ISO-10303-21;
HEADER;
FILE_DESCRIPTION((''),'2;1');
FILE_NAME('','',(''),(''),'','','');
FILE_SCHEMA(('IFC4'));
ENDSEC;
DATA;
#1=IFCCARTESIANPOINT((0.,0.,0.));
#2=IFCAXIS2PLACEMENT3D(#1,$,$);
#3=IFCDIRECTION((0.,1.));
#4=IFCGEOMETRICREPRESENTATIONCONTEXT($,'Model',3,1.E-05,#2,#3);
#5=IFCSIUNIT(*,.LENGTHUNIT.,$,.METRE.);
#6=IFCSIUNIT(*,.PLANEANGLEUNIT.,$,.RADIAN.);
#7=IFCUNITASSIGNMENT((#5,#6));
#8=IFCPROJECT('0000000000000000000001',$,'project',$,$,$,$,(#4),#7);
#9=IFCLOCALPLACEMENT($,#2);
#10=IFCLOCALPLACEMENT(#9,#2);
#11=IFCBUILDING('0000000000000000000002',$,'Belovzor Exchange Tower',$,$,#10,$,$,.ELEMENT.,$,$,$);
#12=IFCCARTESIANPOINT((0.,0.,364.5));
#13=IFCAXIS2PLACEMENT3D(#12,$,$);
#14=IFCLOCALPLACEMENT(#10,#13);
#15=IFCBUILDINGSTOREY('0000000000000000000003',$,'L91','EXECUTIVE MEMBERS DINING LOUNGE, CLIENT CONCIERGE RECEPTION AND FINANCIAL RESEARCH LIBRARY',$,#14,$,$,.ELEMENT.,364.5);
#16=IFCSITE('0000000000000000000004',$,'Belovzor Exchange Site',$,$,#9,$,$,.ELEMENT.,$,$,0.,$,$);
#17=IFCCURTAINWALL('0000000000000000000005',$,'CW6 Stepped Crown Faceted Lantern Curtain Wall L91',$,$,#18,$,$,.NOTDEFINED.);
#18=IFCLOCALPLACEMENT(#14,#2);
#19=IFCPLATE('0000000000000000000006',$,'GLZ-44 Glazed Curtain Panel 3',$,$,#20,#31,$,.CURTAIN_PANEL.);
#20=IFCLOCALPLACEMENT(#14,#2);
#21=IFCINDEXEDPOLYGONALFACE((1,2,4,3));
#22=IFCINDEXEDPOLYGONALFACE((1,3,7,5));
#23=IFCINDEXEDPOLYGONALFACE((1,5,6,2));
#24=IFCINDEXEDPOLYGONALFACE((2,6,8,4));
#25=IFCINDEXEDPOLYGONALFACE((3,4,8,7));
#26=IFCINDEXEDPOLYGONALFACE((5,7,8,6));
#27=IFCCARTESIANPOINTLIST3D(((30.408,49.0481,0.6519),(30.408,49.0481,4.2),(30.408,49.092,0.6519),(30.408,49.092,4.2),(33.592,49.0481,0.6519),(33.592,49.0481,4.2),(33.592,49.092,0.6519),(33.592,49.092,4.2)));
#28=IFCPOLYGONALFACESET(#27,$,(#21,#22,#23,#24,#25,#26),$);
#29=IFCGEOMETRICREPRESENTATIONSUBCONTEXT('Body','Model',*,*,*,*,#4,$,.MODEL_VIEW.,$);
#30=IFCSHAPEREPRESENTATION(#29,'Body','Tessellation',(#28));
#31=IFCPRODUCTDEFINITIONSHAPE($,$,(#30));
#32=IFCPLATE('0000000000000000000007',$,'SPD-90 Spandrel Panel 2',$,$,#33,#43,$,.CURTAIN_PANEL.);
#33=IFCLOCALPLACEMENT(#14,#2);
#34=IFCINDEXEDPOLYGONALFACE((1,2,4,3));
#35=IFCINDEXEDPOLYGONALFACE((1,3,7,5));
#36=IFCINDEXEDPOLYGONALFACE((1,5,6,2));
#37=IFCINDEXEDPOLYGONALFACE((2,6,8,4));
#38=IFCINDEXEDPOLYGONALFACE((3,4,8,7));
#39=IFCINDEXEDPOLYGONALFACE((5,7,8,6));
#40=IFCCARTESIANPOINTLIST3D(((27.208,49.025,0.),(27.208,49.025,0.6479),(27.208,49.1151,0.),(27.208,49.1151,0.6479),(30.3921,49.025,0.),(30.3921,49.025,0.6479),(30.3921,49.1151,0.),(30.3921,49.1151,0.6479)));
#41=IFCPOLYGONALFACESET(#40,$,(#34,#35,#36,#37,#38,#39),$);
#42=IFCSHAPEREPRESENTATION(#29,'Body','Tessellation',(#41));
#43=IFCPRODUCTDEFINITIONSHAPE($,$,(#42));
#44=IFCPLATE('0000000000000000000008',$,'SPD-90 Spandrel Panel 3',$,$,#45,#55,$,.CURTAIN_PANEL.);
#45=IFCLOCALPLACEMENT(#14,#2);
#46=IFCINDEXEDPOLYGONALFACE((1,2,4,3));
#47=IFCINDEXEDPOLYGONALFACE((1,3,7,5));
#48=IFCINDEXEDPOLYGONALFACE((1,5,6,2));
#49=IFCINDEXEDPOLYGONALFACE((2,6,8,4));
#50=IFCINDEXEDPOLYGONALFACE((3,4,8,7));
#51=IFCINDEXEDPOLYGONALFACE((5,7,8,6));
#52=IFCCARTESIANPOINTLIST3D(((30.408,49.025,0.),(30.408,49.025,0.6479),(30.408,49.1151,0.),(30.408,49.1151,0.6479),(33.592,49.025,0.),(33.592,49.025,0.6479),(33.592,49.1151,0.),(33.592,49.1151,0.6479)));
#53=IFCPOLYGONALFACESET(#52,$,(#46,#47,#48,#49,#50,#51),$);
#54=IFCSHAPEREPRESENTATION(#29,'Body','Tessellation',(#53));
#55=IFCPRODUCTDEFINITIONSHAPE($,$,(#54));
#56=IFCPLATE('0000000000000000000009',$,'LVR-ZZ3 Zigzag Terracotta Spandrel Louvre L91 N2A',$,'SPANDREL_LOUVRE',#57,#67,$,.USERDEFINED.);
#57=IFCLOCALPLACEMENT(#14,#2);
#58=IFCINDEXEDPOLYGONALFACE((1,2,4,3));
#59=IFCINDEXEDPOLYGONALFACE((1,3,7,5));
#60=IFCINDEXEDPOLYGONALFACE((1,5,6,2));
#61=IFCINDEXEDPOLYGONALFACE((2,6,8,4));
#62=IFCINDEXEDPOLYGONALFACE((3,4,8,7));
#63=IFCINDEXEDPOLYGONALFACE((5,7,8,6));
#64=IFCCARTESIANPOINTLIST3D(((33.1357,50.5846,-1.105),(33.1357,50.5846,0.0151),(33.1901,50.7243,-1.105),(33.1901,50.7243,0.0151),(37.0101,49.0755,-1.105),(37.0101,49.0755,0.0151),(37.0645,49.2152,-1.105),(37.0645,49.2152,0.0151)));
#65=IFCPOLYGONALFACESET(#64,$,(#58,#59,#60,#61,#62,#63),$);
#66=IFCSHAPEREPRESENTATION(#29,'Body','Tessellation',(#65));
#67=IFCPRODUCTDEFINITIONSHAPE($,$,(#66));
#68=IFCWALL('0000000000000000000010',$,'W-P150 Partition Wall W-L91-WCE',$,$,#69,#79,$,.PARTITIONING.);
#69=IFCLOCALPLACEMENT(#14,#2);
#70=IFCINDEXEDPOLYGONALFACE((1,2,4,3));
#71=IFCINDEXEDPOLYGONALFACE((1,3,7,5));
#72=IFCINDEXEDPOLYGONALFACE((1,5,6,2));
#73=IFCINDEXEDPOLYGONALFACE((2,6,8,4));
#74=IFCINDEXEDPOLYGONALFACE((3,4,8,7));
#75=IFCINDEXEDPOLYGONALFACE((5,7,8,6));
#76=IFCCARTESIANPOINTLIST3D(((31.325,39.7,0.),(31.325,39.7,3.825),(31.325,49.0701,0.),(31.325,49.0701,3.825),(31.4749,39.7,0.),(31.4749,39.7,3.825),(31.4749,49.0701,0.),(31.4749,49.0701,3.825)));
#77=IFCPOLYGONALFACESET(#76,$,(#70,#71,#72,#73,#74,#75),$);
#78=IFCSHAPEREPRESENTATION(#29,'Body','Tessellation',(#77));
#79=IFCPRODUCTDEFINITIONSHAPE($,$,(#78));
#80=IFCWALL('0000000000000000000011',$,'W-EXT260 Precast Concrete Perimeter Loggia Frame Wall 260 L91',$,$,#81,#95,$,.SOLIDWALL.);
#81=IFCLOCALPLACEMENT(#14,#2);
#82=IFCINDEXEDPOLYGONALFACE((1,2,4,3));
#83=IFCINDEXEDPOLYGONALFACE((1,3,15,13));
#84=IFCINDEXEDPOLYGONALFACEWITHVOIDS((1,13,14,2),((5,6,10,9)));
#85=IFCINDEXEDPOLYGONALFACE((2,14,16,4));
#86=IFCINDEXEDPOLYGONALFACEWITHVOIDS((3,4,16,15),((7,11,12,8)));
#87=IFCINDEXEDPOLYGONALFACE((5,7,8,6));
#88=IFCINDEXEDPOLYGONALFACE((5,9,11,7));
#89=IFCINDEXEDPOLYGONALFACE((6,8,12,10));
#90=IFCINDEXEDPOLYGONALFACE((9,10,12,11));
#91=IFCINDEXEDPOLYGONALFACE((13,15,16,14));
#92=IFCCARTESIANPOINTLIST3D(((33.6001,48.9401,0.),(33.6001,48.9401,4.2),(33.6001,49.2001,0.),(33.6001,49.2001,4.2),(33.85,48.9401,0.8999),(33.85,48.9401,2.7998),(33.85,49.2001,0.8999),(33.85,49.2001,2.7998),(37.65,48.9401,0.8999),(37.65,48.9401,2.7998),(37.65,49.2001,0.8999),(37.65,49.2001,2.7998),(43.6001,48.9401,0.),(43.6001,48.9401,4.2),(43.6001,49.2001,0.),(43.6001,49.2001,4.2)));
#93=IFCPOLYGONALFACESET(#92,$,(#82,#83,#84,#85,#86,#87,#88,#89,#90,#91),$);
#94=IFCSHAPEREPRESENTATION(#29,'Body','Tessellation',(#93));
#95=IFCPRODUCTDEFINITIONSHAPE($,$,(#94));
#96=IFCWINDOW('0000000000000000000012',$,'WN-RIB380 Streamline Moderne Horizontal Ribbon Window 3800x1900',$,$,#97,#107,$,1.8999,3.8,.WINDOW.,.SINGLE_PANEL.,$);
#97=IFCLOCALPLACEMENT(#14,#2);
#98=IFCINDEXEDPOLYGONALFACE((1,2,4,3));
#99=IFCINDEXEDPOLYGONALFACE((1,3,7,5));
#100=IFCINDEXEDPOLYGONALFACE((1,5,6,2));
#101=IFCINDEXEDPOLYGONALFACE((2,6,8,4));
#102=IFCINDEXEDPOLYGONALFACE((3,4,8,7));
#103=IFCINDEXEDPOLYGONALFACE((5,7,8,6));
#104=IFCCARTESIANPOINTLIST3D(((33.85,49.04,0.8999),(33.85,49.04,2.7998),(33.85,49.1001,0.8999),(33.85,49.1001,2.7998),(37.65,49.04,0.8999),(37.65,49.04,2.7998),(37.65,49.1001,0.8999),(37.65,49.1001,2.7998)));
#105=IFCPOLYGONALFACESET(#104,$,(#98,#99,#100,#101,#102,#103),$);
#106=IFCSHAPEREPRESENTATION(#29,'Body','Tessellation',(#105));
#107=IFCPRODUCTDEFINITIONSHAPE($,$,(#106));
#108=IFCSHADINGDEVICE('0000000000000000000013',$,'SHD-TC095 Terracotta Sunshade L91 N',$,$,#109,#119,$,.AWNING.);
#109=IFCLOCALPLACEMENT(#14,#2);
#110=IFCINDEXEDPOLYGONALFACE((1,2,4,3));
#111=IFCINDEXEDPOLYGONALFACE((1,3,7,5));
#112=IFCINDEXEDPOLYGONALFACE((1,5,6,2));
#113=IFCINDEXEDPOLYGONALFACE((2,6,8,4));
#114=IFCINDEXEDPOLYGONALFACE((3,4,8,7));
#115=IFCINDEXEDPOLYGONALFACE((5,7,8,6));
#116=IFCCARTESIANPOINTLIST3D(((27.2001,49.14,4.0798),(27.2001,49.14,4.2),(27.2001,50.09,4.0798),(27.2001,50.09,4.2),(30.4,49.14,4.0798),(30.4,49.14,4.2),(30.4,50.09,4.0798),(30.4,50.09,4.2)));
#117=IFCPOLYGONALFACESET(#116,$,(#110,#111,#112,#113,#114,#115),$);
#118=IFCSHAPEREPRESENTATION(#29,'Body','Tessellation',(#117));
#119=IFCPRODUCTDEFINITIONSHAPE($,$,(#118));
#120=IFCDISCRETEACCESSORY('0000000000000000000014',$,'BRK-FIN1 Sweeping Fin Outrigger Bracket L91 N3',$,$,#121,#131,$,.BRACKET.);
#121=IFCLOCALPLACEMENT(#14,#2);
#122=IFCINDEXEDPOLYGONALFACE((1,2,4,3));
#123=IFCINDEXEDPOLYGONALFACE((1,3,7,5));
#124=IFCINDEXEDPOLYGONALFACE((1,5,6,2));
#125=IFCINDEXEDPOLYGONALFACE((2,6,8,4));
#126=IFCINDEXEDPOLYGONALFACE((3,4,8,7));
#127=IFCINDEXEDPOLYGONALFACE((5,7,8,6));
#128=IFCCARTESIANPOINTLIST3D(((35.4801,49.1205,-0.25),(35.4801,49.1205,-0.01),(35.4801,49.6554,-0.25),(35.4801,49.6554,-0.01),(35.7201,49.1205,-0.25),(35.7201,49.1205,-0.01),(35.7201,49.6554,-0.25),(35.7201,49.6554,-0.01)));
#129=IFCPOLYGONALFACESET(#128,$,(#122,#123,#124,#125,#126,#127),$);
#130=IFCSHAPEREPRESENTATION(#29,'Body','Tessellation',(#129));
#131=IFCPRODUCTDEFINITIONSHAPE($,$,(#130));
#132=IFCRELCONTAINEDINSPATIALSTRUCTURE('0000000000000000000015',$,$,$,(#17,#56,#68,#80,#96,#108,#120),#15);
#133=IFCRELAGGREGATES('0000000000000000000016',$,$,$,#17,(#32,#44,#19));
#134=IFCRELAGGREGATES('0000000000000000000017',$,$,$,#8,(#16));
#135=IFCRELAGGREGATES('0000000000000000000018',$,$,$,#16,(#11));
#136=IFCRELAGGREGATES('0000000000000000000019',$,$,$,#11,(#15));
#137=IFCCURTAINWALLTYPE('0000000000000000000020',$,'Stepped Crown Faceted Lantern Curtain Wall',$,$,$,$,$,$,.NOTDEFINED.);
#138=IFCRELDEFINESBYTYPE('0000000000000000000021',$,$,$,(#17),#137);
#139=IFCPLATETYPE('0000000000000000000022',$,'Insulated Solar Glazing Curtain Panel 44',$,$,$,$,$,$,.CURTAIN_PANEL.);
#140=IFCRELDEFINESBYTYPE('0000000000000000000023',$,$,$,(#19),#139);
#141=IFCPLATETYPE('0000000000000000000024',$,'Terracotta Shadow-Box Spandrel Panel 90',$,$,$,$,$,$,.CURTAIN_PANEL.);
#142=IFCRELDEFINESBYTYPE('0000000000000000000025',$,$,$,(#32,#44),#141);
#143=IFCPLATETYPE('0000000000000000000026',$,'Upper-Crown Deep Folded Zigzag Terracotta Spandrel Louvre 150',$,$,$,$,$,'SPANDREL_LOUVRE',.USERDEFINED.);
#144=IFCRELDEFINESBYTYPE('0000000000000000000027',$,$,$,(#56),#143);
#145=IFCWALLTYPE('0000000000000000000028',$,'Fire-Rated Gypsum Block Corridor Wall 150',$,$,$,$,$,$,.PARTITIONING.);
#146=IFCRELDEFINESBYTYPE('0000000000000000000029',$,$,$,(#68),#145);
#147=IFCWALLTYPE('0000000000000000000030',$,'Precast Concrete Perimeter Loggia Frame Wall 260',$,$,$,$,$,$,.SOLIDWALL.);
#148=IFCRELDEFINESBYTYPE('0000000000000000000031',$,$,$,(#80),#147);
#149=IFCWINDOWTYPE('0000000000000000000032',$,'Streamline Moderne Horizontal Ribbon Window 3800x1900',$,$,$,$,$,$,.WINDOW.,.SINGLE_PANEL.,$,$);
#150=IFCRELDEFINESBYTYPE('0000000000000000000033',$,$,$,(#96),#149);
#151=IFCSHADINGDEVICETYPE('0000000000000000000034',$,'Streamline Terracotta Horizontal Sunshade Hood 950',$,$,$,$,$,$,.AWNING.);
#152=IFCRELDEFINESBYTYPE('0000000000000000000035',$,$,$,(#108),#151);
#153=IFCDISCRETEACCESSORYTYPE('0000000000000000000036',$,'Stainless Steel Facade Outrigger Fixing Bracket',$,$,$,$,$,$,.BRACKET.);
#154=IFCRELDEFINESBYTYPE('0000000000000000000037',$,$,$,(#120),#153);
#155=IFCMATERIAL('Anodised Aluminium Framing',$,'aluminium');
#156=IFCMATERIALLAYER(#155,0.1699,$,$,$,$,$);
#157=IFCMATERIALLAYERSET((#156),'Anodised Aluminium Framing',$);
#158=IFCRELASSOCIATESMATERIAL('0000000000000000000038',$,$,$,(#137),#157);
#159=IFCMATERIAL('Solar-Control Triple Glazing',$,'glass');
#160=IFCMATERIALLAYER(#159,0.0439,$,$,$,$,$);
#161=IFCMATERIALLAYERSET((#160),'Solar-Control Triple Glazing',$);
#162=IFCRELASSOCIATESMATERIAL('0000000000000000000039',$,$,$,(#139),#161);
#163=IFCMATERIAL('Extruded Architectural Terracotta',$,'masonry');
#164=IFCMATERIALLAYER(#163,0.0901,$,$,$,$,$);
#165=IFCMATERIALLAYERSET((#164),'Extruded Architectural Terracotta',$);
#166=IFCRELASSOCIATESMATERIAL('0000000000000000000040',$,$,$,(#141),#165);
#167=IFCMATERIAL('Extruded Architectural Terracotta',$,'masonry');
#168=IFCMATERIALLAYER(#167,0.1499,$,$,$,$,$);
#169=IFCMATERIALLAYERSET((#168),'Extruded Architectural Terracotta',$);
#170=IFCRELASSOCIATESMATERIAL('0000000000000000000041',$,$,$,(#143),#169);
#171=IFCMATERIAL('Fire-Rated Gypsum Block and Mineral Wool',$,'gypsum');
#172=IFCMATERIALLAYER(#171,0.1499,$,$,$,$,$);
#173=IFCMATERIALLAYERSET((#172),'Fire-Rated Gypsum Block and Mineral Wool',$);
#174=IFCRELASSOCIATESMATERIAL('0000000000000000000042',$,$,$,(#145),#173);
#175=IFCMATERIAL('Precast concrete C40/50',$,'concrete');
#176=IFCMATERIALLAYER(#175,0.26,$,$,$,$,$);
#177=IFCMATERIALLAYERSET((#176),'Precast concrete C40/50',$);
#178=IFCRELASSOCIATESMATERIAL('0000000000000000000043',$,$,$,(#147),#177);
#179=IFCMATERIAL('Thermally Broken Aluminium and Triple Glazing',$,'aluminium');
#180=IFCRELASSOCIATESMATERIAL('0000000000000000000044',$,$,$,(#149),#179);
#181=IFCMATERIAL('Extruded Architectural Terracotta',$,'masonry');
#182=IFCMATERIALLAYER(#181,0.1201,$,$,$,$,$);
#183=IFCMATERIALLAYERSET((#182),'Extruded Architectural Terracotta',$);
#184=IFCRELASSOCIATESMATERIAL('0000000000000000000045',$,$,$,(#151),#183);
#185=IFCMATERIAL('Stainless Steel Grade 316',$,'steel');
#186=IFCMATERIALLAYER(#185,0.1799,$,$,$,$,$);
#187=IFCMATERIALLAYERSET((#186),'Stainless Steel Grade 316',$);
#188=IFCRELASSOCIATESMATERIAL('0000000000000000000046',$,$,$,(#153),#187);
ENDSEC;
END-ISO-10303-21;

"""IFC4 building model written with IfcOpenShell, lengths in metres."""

from ifc_helpers import new_model, si_unit, direction, frame, frame_2d, origin, origin_2d, place, context, subcontext, project, spatial, rectangle, extrude, material, layer, layer_set, type_object, element, fill, aggregate, save


model = new_model("IFC4")

# Units and contexts
model_context = context("Model", 3, precision=1e-05, world=origin(), true_north=direction((0.0, 1.0)))
body_context = subcontext(model_context, "Body", "Model", "MODEL_VIEW")
ifc_project = project(units=[si_unit("LENGTHUNIT", "METRE"), si_unit("PLANEANGLEUNIT", "RADIAN")], contexts=[model_context])

# Site, building, storey
site_placement = place(None, origin())
site = spatial("IfcSite", under=ifc_project, at=site_placement, Name="Belovzor Exchange Site", CompositionType="ELEMENT", RefElevation=0.0)
building_placement = place(site_placement, origin())
building = spatial("IfcBuilding", under=site, at=building_placement, Name="Belovzor Exchange Tower", CompositionType="ELEMENT")
storey_placement = place(building_placement, frame((0.0, 0.0, 364.5)))
storey = spatial("IfcBuildingStorey", under=building, at=storey_placement, Name="L91", Description="EXECUTIVE MEMBERS DINING LOUNGE, CLIENT CONCIERGE RECEPTION AND FINANCIAL RESEARCH LIBRARY", CompositionType="ELEMENT", Elevation=364.5)

# Curtain wall
ifc_material_1 = material(Name="Anodised Aluminium Framing", Category="aluminium")
ifc_layer_1 = layer(ifc_material_1, 0.1699)
ifc_layer_set_1 = layer_set([ifc_layer_1], Name="Anodised Aluminium Framing")
curtain_wall_type = type_object("IfcCurtainWallType", Name="Stepped Crown Faceted Lantern Curtain Wall", PredefinedType="NOTDEFINED", material=ifc_layer_set_1)
curtain_wall_placement = place(storey_placement, origin())
curtain_wall = element("IfcCurtainWall", 1, at=curtain_wall_placement, inside=storey, type_object=curtain_wall_type, Name="CW6 Stepped Crown Faceted Lantern Curtain Wall L91", PredefinedType="NOTDEFINED")

# Plates
ifc_material_2 = material(Name="Solar-Control Triple Glazing", Category="glass")
ifc_layer_2 = layer(ifc_material_2, 0.0439)
ifc_layer_set_2 = layer_set([ifc_layer_2], Name="Solar-Control Triple Glazing")
plate_type_1 = type_object("IfcPlateType", Name="Insulated Solar Glazing Curtain Panel 44", PredefinedType="CURTAIN_PANEL", material=ifc_layer_set_2)
plate_1_placement = place(storey_placement, frame((32.0, 49.0701, 0.6519), z_axis=(0.0, 0.0, 1.0), x_axis=(1.0, 0.0, 0.0)))
plate_1 = element("IfcPlate", 2, at=plate_1_placement, type_object=plate_type_1, Name="GLZ-44 Glazed Curtain Panel 3", PredefinedType="CURTAIN_PANEL", context=body_context, shape_type="SweptSolid", body=[
    extrude(rectangle(XDim=3.1841, YDim=0.0439, at=origin_2d()), origin(), (0.0, 0.0, 1.0), 3.5481),
])
ifc_material_3 = material(Name="Extruded Architectural Terracotta", Category="masonry")
ifc_layer_3 = layer(ifc_material_3, 0.0901)
ifc_layer_set_3 = layer_set([ifc_layer_3], Name="Extruded Architectural Terracotta")
plate_type_2 = type_object("IfcPlateType", Name="Terracotta Shadow-Box Spandrel Panel 90", PredefinedType="CURTAIN_PANEL", material=ifc_layer_set_3)
plate_2_placement = place(storey_placement, frame((28.8, 49.0701, 0.0), z_axis=(0.0, 0.0, 1.0), x_axis=(1.0, 0.0, 0.0)))
plate_2 = element("IfcPlate", 3, at=plate_2_placement, type_object=plate_type_2, Name="SPD-90 Spandrel Panel 2", PredefinedType="CURTAIN_PANEL", context=body_context, shape_type="SweptSolid", body=[
    extrude(rectangle(XDim=3.1841, YDim=0.0901, at=origin_2d()), origin(), (0.0, 0.0, 1.0), 0.6479),
])
plate_3_placement = place(storey_placement, frame((32.0, 49.0701, 0.0), z_axis=(0.0, 0.0, 1.0), x_axis=(1.0, 0.0, 0.0)))
plate_3 = element("IfcPlate", 4, at=plate_3_placement, type_object=plate_type_2, Name="SPD-90 Spandrel Panel 3", PredefinedType="CURTAIN_PANEL", context=body_context, shape_type="SweptSolid", body=[
    extrude(rectangle(XDim=3.1841, YDim=0.0901, at=origin_2d()), origin(), (0.0, 0.0, 1.0), 0.6479),
])
aggregate(curtain_wall, [plate_2, plate_3, plate_1])
ifc_material_4 = material(Name="Extruded Architectural Terracotta", Category="masonry")
ifc_layer_4 = layer(ifc_material_4, 0.1499)
ifc_layer_set_4 = layer_set([ifc_layer_4], Name="Extruded Architectural Terracotta")
plate_type_3 = type_object("IfcPlateType", Name="Upper-Crown Deep Folded Zigzag Terracotta Spandrel Louvre 150", ElementType="SPANDREL_LOUVRE", PredefinedType="USERDEFINED", material=ifc_layer_set_4)
plate_4_placement = place(storey_placement, frame((35.1001, 49.8999, -1.105), z_axis=(0.0, 0.0, 1.0), x_axis=(0.931818, -0.362926, 0.0)))
element("IfcPlate", 5, at=plate_4_placement, inside=storey, type_object=plate_type_3, Name="LVR-ZZ3 Zigzag Terracotta Spandrel Louvre L91 N2A", ObjectType="SPANDREL_LOUVRE", PredefinedType="USERDEFINED", context=body_context, shape_type="SweptSolid", body=[
    extrude(rectangle(XDim=4.158, YDim=0.1499, at=origin_2d()), origin(), (0.0, 0.0, 1.0), 1.1201),
])

# Wall
ifc_material_5 = material(Name="Fire-Rated Gypsum Block and Mineral Wool", Category="gypsum")
ifc_layer_5 = layer(ifc_material_5, 0.1499)
ifc_layer_set_5 = layer_set([ifc_layer_5], Name="Fire-Rated Gypsum Block and Mineral Wool")
wall_type_1 = type_object("IfcWallType", Name="Fire-Rated Gypsum Block Corridor Wall 150", PredefinedType="PARTITIONING", material=ifc_layer_set_5)
wall_1_placement = place(storey_placement, frame((31.3999, 39.7, 0.0), z_axis=(0.0, 0.0, 1.0), x_axis=(0.0, 1.0, 0.0)))
element("IfcWall", 6, at=wall_1_placement, inside=storey, type_object=wall_type_1, Name="W-P150 Partition Wall W-L91-WCE", PredefinedType="PARTITIONING", context=body_context, shape_type="SweptSolid", body=[
    extrude(rectangle(XDim=9.3701, YDim=0.1499, at=frame_2d((4.6851, 0.0))), origin(), (0.0, 0.0, 1.0), 3.825),
])

# Wall, opening, window
ifc_material_6 = material(Name="Precast concrete C40/50", Category="concrete")
ifc_layer_6 = layer(ifc_material_6, 0.26)
ifc_layer_set_6 = layer_set([ifc_layer_6], Name="Precast concrete C40/50")
wall_type_2 = type_object("IfcWallType", Name="Precast Concrete Perimeter Loggia Frame Wall 260", PredefinedType="SOLIDWALL", material=ifc_layer_set_6)
wall_2_placement = place(storey_placement, frame((33.6001, 49.0701, 0.0), z_axis=(0.0, 0.0, 1.0), x_axis=(1.0, 0.0, 0.0)))
wall_2 = element("IfcWall", 7, at=wall_2_placement, inside=storey, type_object=wall_type_2, Name="W-EXT260 Precast Concrete Perimeter Loggia Frame Wall 260 L91", PredefinedType="SOLIDWALL", context=body_context, shape_type="SweptSolid", body=[
    extrude(rectangle(XDim=10.0, YDim=0.26, at=frame_2d((5.0, 0.0))), origin(), (0.0, 0.0, 1.0), 4.2),
])
opening_placement = place(wall_2_placement, frame((0.25, 0.0, 0.8999)))
opening = element("IfcOpeningElement", 8, at=opening_placement, cuts=wall_2, PredefinedType="OPENING", context=body_context, shape_type="SweptSolid", body=[
    extrude(rectangle(XDim=3.8, YDim=1.8999, at=frame_2d((1.8999, 0.95))), frame((0.0, 0.1399, 0.0), z_axis=(0.0, -1.0, 0.0), x_axis=(1.0, 0.0, 0.0)), (0.0, 0.0, 1.0), 0.28),
])
ifc_material_7 = material(Name="Thermally Broken Aluminium and Triple Glazing", Category="aluminium")
window_type = type_object("IfcWindowType", Name="Streamline Moderne Horizontal Ribbon Window 3800x1900", PartitioningType="SINGLE_PANEL", PredefinedType="WINDOW", material=ifc_material_7)
window_placement = place(opening_placement, origin())
window = element("IfcWindow", 9, at=window_placement, inside=storey, type_object=window_type, Name="WN-RIB380 Streamline Moderne Horizontal Ribbon Window 3800x1900", OverallHeight=1.8999, OverallWidth=3.8, PartitioningType="SINGLE_PANEL", PredefinedType="WINDOW", context=body_context, shape_type="SweptSolid", body=[
    extrude(rectangle(XDim=3.8, YDim=1.8999, at=frame_2d((1.8999, 0.95))), frame((0.0, 0.03, 0.0), z_axis=(0.0, -1.0, 0.0), x_axis=(1.0, 0.0, 0.0)), (0.0, 0.0, 1.0), 0.0601),
])
fill(opening, window)

# Shading device
ifc_material_8 = material(Name="Extruded Architectural Terracotta", Category="masonry")
ifc_layer_7 = layer(ifc_material_8, 0.1201)
ifc_layer_set_7 = layer_set([ifc_layer_7], Name="Extruded Architectural Terracotta")
shading_device_type = type_object("IfcShadingDeviceType", Name="Streamline Terracotta Horizontal Sunshade Hood 950", PredefinedType="AWNING", material=ifc_layer_set_7)
shading_device_placement = place(storey_placement, frame((28.8, 49.615, 4.0798), z_axis=(0.0, 0.0, 1.0), x_axis=(1.0, 0.0, 0.0)))
element("IfcShadingDevice", 10, at=shading_device_placement, inside=storey, type_object=shading_device_type, Name="SHD-TC095 Terracotta Sunshade L91 N", PredefinedType="AWNING", context=body_context, shape_type="SweptSolid", body=[
    extrude(rectangle(XDim=3.2, YDim=0.95, at=origin_2d()), origin(), (0.0, 0.0, 1.0), 0.1201),
])

# Discrete accessory
ifc_material_9 = material(Name="Stainless Steel Grade 316", Category="steel")
ifc_layer_8 = layer(ifc_material_9, 0.1799)
ifc_layer_set_8 = layer_set([ifc_layer_8], Name="Stainless Steel Grade 316")
discrete_accessory_type = type_object("IfcDiscreteAccessoryType", Name="Stainless Steel Facade Outrigger Fixing Bracket", PredefinedType="BRACKET", material=ifc_layer_set_8)
discrete_accessory_placement = place(storey_placement, frame((35.6001, 49.3879, -0.25), z_axis=(0.0, 0.0, 1.0), x_axis=(0.0, 1.0, 0.0)))
element("IfcDiscreteAccessory", 11, at=discrete_accessory_placement, inside=storey, type_object=discrete_accessory_type, Name="BRK-FIN1 Sweeping Fin Outrigger Bracket L91 N3", PredefinedType="BRACKET", context=body_context, shape_type="SweptSolid", body=[
    extrude(rectangle(XDim=0.5349, YDim=0.24, at=origin_2d()), origin(), (0.0, 0.0, 1.0), 0.24),
])

save(model, "model.ifc")
